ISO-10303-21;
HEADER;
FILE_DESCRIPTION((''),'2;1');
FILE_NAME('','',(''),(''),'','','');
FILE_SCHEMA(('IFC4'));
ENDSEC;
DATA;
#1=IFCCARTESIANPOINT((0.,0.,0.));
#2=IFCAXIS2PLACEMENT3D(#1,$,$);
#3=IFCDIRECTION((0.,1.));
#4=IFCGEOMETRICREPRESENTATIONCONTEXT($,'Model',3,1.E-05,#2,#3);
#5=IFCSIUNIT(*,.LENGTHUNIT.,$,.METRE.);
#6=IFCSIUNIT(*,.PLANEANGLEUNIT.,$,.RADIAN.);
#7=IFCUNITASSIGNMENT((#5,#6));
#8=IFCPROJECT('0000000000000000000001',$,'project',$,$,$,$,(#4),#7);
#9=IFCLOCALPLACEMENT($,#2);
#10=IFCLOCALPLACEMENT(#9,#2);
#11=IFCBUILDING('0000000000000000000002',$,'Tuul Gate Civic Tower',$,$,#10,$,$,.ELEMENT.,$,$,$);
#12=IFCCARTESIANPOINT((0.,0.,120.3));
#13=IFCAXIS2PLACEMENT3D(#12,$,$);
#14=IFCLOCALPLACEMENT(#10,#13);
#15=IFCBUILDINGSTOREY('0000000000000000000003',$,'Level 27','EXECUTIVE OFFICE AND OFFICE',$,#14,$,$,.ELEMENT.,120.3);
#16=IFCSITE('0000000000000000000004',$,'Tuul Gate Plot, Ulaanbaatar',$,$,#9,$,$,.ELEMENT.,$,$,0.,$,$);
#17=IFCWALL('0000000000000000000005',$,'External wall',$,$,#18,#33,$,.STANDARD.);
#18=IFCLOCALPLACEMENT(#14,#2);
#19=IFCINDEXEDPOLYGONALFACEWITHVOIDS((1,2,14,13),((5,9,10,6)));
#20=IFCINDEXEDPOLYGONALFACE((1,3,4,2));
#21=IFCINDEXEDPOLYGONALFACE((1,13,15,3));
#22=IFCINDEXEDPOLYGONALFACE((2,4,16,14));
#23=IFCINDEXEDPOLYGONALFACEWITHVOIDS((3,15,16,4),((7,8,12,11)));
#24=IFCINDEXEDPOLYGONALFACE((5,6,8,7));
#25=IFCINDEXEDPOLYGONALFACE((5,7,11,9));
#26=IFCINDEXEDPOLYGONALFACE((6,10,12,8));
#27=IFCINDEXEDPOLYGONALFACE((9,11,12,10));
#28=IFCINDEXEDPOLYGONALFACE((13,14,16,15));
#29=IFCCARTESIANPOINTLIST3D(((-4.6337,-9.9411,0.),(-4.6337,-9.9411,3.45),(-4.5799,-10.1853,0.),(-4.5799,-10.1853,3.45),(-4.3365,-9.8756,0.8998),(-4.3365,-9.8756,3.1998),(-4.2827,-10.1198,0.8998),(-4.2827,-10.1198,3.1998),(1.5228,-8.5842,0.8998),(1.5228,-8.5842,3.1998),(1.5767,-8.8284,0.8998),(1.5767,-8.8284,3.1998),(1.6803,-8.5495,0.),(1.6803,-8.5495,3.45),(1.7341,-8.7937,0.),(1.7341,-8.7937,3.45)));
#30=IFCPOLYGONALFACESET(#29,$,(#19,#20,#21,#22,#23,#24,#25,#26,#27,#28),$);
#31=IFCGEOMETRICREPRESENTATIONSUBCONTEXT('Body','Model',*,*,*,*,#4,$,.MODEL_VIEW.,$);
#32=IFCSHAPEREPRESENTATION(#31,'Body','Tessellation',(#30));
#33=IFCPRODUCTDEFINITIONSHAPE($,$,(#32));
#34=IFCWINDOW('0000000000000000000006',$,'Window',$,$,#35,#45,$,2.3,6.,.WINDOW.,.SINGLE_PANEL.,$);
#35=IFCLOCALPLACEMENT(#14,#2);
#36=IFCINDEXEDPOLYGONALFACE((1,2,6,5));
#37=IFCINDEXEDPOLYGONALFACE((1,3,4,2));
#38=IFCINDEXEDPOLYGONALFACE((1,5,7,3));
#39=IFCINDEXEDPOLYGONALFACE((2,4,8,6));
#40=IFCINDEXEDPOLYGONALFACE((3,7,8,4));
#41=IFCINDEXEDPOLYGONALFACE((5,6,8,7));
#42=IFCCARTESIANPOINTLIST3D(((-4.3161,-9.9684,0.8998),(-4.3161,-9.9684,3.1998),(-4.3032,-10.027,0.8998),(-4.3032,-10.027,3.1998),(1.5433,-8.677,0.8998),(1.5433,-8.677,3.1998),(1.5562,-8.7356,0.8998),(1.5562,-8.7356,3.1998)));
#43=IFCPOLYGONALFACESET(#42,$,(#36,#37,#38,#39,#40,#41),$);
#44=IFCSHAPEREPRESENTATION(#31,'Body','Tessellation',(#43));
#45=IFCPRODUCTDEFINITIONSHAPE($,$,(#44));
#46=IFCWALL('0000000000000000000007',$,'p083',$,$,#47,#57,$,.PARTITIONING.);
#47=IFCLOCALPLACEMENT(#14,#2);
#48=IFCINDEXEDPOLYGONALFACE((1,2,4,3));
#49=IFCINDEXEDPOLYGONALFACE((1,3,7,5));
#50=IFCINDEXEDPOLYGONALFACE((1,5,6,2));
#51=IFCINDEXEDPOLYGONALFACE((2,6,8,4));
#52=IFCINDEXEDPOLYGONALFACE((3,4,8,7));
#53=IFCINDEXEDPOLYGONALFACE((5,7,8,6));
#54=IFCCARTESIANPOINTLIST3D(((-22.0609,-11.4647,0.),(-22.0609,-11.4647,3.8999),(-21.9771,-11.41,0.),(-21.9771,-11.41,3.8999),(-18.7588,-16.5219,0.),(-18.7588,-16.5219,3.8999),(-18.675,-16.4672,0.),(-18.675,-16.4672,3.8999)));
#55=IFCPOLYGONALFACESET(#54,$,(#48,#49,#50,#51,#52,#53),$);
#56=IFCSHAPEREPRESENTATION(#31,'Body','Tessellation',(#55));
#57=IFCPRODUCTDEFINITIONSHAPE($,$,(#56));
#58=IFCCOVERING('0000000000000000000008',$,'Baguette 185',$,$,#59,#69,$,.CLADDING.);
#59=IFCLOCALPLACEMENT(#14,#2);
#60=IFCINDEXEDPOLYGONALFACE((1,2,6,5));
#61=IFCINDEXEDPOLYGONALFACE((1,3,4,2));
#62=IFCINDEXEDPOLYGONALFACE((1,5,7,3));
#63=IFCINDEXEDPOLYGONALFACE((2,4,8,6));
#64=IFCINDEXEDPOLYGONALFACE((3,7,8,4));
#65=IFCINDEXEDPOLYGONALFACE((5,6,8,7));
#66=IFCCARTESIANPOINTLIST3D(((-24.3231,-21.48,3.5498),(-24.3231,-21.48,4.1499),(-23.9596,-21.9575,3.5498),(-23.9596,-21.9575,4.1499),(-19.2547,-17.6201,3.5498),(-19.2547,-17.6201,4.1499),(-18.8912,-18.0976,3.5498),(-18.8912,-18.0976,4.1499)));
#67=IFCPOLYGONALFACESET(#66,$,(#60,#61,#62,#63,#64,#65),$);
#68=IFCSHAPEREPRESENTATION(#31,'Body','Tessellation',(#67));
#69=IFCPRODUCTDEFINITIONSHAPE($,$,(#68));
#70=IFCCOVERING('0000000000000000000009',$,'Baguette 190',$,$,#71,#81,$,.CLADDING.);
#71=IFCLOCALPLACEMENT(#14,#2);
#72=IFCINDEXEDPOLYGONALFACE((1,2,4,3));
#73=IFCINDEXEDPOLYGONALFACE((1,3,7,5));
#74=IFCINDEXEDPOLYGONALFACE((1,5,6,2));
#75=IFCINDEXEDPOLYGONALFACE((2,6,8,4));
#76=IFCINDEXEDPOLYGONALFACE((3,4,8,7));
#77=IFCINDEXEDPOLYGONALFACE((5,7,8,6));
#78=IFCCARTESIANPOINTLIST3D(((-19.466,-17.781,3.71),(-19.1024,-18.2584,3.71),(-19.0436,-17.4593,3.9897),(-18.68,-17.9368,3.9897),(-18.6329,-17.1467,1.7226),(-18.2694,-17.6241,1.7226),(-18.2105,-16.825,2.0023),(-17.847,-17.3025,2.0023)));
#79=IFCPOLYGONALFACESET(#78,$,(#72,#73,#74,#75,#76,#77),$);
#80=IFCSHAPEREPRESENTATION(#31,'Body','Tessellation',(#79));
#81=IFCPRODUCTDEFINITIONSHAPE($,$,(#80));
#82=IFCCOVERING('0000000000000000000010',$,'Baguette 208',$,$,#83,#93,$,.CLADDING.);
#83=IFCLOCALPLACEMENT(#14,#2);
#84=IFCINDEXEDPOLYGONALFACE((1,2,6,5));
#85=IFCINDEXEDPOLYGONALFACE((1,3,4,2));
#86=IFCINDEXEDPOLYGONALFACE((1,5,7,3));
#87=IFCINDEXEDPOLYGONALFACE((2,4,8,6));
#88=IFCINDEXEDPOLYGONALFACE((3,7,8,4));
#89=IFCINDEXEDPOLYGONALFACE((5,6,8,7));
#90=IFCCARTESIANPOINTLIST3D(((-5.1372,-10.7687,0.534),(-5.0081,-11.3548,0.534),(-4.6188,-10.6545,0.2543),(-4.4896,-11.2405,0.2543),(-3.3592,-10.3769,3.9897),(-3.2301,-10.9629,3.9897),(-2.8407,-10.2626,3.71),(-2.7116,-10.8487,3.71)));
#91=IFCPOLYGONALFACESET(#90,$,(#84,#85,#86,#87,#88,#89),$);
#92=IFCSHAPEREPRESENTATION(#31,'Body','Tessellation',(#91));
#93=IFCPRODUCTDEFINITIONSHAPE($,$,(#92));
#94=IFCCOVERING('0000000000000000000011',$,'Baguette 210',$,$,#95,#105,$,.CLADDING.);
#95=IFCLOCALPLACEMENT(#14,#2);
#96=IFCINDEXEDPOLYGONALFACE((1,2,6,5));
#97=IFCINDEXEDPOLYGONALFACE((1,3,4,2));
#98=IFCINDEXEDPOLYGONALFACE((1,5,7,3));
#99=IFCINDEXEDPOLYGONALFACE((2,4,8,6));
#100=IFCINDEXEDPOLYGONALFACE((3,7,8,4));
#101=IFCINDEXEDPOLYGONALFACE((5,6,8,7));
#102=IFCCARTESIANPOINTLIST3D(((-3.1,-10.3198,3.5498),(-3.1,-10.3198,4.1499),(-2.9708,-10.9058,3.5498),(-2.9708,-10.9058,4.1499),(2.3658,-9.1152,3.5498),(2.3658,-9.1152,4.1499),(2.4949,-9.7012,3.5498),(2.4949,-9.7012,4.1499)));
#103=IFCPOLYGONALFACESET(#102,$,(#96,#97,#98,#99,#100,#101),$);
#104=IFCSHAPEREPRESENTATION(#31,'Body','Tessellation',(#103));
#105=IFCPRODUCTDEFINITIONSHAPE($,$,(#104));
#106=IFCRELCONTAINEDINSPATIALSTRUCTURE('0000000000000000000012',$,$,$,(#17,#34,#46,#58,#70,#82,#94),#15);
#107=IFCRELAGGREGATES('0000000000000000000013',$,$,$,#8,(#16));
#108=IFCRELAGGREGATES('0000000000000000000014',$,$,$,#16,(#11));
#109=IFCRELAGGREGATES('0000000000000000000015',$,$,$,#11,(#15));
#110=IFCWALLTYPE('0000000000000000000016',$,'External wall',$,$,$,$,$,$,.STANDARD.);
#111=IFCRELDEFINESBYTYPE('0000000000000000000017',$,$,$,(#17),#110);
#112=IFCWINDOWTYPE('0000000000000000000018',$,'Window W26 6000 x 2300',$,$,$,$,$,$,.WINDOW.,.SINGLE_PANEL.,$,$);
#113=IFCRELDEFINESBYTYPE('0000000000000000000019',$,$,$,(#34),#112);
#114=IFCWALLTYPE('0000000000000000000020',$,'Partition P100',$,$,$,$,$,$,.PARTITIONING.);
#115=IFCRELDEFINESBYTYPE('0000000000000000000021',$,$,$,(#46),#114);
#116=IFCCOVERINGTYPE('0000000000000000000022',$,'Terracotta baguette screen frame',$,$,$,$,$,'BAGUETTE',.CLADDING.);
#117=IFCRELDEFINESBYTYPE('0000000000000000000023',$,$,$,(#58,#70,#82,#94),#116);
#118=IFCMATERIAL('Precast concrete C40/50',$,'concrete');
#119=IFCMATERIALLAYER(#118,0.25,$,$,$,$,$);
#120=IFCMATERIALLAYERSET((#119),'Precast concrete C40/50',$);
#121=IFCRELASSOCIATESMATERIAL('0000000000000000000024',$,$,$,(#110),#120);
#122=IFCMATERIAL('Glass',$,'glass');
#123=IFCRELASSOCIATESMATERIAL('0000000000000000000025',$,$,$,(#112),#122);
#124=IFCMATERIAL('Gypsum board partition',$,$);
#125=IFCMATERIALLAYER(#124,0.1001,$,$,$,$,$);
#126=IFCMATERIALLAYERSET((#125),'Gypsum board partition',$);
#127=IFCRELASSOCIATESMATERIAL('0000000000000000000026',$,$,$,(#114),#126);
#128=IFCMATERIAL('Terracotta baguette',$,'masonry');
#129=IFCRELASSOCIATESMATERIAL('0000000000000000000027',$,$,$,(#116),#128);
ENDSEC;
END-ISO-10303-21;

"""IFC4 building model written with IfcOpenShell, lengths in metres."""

from ifc_helpers import new_model, si_unit, direction, frame, frame_2d, origin, origin_2d, place, context, subcontext, project, spatial, rectangle, extrude, material, layer, layer_set, material_profile, profile_set, type_object, element, fill, save


model = new_model("IFC4")

# Units and contexts
model_context = context("Model", 3, precision=1e-05, world=origin(), true_north=direction((0.0, 1.0)))
body_context = subcontext(model_context, "Body", "Model", "MODEL_VIEW")
ifc_project = project(units=[si_unit("LENGTHUNIT", "METRE"), si_unit("PLANEANGLEUNIT", "RADIAN")], contexts=[model_context])

# Site, building, storey
site_placement = place(None, origin())
site = spatial("IfcSite", under=ifc_project, at=site_placement, Name="Tuul Gate Plot, Ulaanbaatar", CompositionType="ELEMENT", RefElevation=0.0)
building_placement = place(site_placement, origin())
building = spatial("IfcBuilding", under=site, at=building_placement, Name="Tuul Gate Civic Tower", CompositionType="ELEMENT")
storey_placement = place(building_placement, frame((0.0, 0.0, 120.3)))
storey = spatial("IfcBuildingStorey", under=building, at=storey_placement, Name="Level 27", Description="EXECUTIVE OFFICE AND OFFICE", CompositionType="ELEMENT", Elevation=120.3)

# Wall, opening, window
ifc_material_1 = material(Name="Precast concrete C40/50", Category="concrete")
ifc_layer_1 = layer(ifc_material_1, 0.25)
ifc_layer_set_1 = layer_set([ifc_layer_1], Name="Precast concrete C40/50")
wall_type_1 = type_object("IfcWallType", Name="External wall", PredefinedType="STANDARD", material=ifc_layer_set_1)
ifc_material_2 = material(Name="Glass", Category="glass")
window_type = type_object("IfcWindowType", Name="Window W26 6000 x 2300", PartitioningType="SINGLE_PANEL", PredefinedType="WINDOW", material=ifc_material_2)
wall_1_placement = place(storey_placement, frame((-4.6069, -10.0632, 0.0), z_axis=(0.0, 0.0, 1.0), x_axis=(0.976562, 0.215235, 0.0)))
wall_1 = element("IfcWall", 1, at=wall_1_placement, inside=storey, type_object=wall_type_1, Name="External wall", PredefinedType="STANDARD", context=body_context, shape_type="SweptSolid", body=[
    extrude(rectangle(XDim=6.4656, YDim=0.25, at=frame_2d((3.2329, 0.0))), origin(), (0.0, 0.0, 1.0), 3.45),
])
opening_1_placement = place(wall_1_placement, frame((0.3044, 0.0, 0.8999)))
opening_1 = element("IfcOpeningElement", 2, at=opening_1_placement, cuts=wall_1, PredefinedType="OPENING", context=body_context, shape_type="SweptSolid", body=[
    extrude(rectangle(XDim=6.0, YDim=2.3, at=frame_2d((3.0, 1.1499))), frame((0.0, 0.135, 0.0), z_axis=(0.0, -1.0, 0.0), x_axis=(1.0, 0.0, 0.0)), (0.0, 0.0, 1.0), 0.27),
])
window_1_placement = place(opening_1_placement, origin())
window_1 = element("IfcWindow", 3, at=window_1_placement, inside=storey, type_object=window_type, Name="Window", OverallHeight=2.3, OverallWidth=6.0, PartitioningType="SINGLE_PANEL", PredefinedType="WINDOW", context=body_context, shape_type="SweptSolid", body=[
    extrude(rectangle(XDim=6.0, YDim=2.3, at=frame_2d((3.0, 1.1499))), frame((0.0, 0.03, 0.0), z_axis=(0.0, -1.0, 0.0), x_axis=(1.0, 0.0, 0.0)), (0.0, 0.0, 1.0), 0.0601),
])
fill(opening_1, window_1)

# Wall
ifc_material_3 = material(Name="Gypsum board partition")
ifc_layer_2 = layer(ifc_material_3, 0.1001)
ifc_layer_set_2 = layer_set([ifc_layer_2], Name="Gypsum board partition")
wall_type_2 = type_object("IfcWallType", Name="Partition P100", PredefinedType="PARTITIONING", material=ifc_layer_set_2)
wall_2_placement = place(storey_placement, frame((-22.019, -11.4373, 0.0), z_axis=(0.0, 0.0, 1.0), x_axis=(0.546718, -0.837317, 0.0)))
element("IfcWall", 4, at=wall_2_placement, inside=storey, type_object=wall_type_2, Name="p083", PredefinedType="PARTITIONING", context=body_context, shape_type="SweptSolid", body=[
    extrude(rectangle(XDim=6.0398, YDim=0.1001, at=frame_2d((3.02, 0.0))), origin(), (0.0, 0.0, 1.0), 3.8999),
])

# Coverings
ifc_material_4 = material(Name="Terracotta baguette", Category="masonry")
ifc_material_profile_1 = material_profile(ifc_material_4, rectangle(XDim=0.6001, YDim=0.6001, at=origin_2d()), Name="Terracotta baguette screen frame")
ifc_profile_set_1 = profile_set([ifc_material_profile_1], Name="Terracotta baguette")
covering_type = type_object("IfcCoveringType", Name="Terracotta baguette screen frame", ElementType="BAGUETTE", PredefinedType="CLADDING", material=ifc_profile_set_1)
covering_1_placement = place(storey_placement, frame((-24.1414, -21.7188, 3.8499), z_axis=(0.795564, 0.60587, 0.0), x_axis=(-0.60587, 0.795564, 0.0)))
element("IfcCovering", 5, at=covering_1_placement, inside=storey, type_object=covering_type, Name="Baguette 185", PredefinedType="CLADDING", context=body_context, shape_type="SweptSolid", body=[
    extrude(rectangle(XDim=0.6001, YDim=0.6001, at=origin_2d()), origin(), (0.0, 0.0, 1.0), 6.3708),
])
covering_2_placement = place(storey_placement, frame((-19.073, -17.8589, 3.8499), z_axis=(0.370846, 0.282373, -0.884725), x_axis=(-0.605804, 0.795614, 0.0)))
element("IfcCovering", 6, at=covering_2_placement, inside=storey, type_object=covering_type, Name="Baguette 190", PredefinedType="CLADDING", context=body_context, shape_type="SweptSolid", body=[
    extrude(rectangle(XDim=0.6001, YDim=0.6001, at=origin_2d()), origin(), (0.0, 0.0, 1.0), 2.2463),
])
covering_3_placement = place(storey_placement, frame((-3.0354, -10.6128, 3.8499), z_axis=(-0.455203, -0.100316, -0.884718), x_axis=(0.215212, -0.976567, 0.0)))
element("IfcCovering", 7, at=covering_3_placement, inside=storey, type_object=covering_type, Name="Baguette 208", PredefinedType="CLADDING", context=body_context, shape_type="SweptSolid", body=[
    extrude(rectangle(XDim=0.6001, YDim=0.6001, at=origin_2d()), origin(), (0.0, 0.0, 1.0), 3.906),
])
covering_4_placement = place(storey_placement, frame((-3.0354, -10.6128, 3.8499), z_axis=(0.976565, 0.215221, 0.0), x_axis=(-0.215221, 0.976565, 0.0)))
element("IfcCovering", 8, at=covering_4_placement, inside=storey, type_object=covering_type, Name="Baguette 210", PredefinedType="CLADDING", context=body_context, shape_type="SweptSolid", body=[
    extrude(rectangle(XDim=0.6001, YDim=0.6001, at=origin_2d()), origin(), (0.0, 0.0, 1.0), 5.5969),
])

save(model, "model.ifc")
